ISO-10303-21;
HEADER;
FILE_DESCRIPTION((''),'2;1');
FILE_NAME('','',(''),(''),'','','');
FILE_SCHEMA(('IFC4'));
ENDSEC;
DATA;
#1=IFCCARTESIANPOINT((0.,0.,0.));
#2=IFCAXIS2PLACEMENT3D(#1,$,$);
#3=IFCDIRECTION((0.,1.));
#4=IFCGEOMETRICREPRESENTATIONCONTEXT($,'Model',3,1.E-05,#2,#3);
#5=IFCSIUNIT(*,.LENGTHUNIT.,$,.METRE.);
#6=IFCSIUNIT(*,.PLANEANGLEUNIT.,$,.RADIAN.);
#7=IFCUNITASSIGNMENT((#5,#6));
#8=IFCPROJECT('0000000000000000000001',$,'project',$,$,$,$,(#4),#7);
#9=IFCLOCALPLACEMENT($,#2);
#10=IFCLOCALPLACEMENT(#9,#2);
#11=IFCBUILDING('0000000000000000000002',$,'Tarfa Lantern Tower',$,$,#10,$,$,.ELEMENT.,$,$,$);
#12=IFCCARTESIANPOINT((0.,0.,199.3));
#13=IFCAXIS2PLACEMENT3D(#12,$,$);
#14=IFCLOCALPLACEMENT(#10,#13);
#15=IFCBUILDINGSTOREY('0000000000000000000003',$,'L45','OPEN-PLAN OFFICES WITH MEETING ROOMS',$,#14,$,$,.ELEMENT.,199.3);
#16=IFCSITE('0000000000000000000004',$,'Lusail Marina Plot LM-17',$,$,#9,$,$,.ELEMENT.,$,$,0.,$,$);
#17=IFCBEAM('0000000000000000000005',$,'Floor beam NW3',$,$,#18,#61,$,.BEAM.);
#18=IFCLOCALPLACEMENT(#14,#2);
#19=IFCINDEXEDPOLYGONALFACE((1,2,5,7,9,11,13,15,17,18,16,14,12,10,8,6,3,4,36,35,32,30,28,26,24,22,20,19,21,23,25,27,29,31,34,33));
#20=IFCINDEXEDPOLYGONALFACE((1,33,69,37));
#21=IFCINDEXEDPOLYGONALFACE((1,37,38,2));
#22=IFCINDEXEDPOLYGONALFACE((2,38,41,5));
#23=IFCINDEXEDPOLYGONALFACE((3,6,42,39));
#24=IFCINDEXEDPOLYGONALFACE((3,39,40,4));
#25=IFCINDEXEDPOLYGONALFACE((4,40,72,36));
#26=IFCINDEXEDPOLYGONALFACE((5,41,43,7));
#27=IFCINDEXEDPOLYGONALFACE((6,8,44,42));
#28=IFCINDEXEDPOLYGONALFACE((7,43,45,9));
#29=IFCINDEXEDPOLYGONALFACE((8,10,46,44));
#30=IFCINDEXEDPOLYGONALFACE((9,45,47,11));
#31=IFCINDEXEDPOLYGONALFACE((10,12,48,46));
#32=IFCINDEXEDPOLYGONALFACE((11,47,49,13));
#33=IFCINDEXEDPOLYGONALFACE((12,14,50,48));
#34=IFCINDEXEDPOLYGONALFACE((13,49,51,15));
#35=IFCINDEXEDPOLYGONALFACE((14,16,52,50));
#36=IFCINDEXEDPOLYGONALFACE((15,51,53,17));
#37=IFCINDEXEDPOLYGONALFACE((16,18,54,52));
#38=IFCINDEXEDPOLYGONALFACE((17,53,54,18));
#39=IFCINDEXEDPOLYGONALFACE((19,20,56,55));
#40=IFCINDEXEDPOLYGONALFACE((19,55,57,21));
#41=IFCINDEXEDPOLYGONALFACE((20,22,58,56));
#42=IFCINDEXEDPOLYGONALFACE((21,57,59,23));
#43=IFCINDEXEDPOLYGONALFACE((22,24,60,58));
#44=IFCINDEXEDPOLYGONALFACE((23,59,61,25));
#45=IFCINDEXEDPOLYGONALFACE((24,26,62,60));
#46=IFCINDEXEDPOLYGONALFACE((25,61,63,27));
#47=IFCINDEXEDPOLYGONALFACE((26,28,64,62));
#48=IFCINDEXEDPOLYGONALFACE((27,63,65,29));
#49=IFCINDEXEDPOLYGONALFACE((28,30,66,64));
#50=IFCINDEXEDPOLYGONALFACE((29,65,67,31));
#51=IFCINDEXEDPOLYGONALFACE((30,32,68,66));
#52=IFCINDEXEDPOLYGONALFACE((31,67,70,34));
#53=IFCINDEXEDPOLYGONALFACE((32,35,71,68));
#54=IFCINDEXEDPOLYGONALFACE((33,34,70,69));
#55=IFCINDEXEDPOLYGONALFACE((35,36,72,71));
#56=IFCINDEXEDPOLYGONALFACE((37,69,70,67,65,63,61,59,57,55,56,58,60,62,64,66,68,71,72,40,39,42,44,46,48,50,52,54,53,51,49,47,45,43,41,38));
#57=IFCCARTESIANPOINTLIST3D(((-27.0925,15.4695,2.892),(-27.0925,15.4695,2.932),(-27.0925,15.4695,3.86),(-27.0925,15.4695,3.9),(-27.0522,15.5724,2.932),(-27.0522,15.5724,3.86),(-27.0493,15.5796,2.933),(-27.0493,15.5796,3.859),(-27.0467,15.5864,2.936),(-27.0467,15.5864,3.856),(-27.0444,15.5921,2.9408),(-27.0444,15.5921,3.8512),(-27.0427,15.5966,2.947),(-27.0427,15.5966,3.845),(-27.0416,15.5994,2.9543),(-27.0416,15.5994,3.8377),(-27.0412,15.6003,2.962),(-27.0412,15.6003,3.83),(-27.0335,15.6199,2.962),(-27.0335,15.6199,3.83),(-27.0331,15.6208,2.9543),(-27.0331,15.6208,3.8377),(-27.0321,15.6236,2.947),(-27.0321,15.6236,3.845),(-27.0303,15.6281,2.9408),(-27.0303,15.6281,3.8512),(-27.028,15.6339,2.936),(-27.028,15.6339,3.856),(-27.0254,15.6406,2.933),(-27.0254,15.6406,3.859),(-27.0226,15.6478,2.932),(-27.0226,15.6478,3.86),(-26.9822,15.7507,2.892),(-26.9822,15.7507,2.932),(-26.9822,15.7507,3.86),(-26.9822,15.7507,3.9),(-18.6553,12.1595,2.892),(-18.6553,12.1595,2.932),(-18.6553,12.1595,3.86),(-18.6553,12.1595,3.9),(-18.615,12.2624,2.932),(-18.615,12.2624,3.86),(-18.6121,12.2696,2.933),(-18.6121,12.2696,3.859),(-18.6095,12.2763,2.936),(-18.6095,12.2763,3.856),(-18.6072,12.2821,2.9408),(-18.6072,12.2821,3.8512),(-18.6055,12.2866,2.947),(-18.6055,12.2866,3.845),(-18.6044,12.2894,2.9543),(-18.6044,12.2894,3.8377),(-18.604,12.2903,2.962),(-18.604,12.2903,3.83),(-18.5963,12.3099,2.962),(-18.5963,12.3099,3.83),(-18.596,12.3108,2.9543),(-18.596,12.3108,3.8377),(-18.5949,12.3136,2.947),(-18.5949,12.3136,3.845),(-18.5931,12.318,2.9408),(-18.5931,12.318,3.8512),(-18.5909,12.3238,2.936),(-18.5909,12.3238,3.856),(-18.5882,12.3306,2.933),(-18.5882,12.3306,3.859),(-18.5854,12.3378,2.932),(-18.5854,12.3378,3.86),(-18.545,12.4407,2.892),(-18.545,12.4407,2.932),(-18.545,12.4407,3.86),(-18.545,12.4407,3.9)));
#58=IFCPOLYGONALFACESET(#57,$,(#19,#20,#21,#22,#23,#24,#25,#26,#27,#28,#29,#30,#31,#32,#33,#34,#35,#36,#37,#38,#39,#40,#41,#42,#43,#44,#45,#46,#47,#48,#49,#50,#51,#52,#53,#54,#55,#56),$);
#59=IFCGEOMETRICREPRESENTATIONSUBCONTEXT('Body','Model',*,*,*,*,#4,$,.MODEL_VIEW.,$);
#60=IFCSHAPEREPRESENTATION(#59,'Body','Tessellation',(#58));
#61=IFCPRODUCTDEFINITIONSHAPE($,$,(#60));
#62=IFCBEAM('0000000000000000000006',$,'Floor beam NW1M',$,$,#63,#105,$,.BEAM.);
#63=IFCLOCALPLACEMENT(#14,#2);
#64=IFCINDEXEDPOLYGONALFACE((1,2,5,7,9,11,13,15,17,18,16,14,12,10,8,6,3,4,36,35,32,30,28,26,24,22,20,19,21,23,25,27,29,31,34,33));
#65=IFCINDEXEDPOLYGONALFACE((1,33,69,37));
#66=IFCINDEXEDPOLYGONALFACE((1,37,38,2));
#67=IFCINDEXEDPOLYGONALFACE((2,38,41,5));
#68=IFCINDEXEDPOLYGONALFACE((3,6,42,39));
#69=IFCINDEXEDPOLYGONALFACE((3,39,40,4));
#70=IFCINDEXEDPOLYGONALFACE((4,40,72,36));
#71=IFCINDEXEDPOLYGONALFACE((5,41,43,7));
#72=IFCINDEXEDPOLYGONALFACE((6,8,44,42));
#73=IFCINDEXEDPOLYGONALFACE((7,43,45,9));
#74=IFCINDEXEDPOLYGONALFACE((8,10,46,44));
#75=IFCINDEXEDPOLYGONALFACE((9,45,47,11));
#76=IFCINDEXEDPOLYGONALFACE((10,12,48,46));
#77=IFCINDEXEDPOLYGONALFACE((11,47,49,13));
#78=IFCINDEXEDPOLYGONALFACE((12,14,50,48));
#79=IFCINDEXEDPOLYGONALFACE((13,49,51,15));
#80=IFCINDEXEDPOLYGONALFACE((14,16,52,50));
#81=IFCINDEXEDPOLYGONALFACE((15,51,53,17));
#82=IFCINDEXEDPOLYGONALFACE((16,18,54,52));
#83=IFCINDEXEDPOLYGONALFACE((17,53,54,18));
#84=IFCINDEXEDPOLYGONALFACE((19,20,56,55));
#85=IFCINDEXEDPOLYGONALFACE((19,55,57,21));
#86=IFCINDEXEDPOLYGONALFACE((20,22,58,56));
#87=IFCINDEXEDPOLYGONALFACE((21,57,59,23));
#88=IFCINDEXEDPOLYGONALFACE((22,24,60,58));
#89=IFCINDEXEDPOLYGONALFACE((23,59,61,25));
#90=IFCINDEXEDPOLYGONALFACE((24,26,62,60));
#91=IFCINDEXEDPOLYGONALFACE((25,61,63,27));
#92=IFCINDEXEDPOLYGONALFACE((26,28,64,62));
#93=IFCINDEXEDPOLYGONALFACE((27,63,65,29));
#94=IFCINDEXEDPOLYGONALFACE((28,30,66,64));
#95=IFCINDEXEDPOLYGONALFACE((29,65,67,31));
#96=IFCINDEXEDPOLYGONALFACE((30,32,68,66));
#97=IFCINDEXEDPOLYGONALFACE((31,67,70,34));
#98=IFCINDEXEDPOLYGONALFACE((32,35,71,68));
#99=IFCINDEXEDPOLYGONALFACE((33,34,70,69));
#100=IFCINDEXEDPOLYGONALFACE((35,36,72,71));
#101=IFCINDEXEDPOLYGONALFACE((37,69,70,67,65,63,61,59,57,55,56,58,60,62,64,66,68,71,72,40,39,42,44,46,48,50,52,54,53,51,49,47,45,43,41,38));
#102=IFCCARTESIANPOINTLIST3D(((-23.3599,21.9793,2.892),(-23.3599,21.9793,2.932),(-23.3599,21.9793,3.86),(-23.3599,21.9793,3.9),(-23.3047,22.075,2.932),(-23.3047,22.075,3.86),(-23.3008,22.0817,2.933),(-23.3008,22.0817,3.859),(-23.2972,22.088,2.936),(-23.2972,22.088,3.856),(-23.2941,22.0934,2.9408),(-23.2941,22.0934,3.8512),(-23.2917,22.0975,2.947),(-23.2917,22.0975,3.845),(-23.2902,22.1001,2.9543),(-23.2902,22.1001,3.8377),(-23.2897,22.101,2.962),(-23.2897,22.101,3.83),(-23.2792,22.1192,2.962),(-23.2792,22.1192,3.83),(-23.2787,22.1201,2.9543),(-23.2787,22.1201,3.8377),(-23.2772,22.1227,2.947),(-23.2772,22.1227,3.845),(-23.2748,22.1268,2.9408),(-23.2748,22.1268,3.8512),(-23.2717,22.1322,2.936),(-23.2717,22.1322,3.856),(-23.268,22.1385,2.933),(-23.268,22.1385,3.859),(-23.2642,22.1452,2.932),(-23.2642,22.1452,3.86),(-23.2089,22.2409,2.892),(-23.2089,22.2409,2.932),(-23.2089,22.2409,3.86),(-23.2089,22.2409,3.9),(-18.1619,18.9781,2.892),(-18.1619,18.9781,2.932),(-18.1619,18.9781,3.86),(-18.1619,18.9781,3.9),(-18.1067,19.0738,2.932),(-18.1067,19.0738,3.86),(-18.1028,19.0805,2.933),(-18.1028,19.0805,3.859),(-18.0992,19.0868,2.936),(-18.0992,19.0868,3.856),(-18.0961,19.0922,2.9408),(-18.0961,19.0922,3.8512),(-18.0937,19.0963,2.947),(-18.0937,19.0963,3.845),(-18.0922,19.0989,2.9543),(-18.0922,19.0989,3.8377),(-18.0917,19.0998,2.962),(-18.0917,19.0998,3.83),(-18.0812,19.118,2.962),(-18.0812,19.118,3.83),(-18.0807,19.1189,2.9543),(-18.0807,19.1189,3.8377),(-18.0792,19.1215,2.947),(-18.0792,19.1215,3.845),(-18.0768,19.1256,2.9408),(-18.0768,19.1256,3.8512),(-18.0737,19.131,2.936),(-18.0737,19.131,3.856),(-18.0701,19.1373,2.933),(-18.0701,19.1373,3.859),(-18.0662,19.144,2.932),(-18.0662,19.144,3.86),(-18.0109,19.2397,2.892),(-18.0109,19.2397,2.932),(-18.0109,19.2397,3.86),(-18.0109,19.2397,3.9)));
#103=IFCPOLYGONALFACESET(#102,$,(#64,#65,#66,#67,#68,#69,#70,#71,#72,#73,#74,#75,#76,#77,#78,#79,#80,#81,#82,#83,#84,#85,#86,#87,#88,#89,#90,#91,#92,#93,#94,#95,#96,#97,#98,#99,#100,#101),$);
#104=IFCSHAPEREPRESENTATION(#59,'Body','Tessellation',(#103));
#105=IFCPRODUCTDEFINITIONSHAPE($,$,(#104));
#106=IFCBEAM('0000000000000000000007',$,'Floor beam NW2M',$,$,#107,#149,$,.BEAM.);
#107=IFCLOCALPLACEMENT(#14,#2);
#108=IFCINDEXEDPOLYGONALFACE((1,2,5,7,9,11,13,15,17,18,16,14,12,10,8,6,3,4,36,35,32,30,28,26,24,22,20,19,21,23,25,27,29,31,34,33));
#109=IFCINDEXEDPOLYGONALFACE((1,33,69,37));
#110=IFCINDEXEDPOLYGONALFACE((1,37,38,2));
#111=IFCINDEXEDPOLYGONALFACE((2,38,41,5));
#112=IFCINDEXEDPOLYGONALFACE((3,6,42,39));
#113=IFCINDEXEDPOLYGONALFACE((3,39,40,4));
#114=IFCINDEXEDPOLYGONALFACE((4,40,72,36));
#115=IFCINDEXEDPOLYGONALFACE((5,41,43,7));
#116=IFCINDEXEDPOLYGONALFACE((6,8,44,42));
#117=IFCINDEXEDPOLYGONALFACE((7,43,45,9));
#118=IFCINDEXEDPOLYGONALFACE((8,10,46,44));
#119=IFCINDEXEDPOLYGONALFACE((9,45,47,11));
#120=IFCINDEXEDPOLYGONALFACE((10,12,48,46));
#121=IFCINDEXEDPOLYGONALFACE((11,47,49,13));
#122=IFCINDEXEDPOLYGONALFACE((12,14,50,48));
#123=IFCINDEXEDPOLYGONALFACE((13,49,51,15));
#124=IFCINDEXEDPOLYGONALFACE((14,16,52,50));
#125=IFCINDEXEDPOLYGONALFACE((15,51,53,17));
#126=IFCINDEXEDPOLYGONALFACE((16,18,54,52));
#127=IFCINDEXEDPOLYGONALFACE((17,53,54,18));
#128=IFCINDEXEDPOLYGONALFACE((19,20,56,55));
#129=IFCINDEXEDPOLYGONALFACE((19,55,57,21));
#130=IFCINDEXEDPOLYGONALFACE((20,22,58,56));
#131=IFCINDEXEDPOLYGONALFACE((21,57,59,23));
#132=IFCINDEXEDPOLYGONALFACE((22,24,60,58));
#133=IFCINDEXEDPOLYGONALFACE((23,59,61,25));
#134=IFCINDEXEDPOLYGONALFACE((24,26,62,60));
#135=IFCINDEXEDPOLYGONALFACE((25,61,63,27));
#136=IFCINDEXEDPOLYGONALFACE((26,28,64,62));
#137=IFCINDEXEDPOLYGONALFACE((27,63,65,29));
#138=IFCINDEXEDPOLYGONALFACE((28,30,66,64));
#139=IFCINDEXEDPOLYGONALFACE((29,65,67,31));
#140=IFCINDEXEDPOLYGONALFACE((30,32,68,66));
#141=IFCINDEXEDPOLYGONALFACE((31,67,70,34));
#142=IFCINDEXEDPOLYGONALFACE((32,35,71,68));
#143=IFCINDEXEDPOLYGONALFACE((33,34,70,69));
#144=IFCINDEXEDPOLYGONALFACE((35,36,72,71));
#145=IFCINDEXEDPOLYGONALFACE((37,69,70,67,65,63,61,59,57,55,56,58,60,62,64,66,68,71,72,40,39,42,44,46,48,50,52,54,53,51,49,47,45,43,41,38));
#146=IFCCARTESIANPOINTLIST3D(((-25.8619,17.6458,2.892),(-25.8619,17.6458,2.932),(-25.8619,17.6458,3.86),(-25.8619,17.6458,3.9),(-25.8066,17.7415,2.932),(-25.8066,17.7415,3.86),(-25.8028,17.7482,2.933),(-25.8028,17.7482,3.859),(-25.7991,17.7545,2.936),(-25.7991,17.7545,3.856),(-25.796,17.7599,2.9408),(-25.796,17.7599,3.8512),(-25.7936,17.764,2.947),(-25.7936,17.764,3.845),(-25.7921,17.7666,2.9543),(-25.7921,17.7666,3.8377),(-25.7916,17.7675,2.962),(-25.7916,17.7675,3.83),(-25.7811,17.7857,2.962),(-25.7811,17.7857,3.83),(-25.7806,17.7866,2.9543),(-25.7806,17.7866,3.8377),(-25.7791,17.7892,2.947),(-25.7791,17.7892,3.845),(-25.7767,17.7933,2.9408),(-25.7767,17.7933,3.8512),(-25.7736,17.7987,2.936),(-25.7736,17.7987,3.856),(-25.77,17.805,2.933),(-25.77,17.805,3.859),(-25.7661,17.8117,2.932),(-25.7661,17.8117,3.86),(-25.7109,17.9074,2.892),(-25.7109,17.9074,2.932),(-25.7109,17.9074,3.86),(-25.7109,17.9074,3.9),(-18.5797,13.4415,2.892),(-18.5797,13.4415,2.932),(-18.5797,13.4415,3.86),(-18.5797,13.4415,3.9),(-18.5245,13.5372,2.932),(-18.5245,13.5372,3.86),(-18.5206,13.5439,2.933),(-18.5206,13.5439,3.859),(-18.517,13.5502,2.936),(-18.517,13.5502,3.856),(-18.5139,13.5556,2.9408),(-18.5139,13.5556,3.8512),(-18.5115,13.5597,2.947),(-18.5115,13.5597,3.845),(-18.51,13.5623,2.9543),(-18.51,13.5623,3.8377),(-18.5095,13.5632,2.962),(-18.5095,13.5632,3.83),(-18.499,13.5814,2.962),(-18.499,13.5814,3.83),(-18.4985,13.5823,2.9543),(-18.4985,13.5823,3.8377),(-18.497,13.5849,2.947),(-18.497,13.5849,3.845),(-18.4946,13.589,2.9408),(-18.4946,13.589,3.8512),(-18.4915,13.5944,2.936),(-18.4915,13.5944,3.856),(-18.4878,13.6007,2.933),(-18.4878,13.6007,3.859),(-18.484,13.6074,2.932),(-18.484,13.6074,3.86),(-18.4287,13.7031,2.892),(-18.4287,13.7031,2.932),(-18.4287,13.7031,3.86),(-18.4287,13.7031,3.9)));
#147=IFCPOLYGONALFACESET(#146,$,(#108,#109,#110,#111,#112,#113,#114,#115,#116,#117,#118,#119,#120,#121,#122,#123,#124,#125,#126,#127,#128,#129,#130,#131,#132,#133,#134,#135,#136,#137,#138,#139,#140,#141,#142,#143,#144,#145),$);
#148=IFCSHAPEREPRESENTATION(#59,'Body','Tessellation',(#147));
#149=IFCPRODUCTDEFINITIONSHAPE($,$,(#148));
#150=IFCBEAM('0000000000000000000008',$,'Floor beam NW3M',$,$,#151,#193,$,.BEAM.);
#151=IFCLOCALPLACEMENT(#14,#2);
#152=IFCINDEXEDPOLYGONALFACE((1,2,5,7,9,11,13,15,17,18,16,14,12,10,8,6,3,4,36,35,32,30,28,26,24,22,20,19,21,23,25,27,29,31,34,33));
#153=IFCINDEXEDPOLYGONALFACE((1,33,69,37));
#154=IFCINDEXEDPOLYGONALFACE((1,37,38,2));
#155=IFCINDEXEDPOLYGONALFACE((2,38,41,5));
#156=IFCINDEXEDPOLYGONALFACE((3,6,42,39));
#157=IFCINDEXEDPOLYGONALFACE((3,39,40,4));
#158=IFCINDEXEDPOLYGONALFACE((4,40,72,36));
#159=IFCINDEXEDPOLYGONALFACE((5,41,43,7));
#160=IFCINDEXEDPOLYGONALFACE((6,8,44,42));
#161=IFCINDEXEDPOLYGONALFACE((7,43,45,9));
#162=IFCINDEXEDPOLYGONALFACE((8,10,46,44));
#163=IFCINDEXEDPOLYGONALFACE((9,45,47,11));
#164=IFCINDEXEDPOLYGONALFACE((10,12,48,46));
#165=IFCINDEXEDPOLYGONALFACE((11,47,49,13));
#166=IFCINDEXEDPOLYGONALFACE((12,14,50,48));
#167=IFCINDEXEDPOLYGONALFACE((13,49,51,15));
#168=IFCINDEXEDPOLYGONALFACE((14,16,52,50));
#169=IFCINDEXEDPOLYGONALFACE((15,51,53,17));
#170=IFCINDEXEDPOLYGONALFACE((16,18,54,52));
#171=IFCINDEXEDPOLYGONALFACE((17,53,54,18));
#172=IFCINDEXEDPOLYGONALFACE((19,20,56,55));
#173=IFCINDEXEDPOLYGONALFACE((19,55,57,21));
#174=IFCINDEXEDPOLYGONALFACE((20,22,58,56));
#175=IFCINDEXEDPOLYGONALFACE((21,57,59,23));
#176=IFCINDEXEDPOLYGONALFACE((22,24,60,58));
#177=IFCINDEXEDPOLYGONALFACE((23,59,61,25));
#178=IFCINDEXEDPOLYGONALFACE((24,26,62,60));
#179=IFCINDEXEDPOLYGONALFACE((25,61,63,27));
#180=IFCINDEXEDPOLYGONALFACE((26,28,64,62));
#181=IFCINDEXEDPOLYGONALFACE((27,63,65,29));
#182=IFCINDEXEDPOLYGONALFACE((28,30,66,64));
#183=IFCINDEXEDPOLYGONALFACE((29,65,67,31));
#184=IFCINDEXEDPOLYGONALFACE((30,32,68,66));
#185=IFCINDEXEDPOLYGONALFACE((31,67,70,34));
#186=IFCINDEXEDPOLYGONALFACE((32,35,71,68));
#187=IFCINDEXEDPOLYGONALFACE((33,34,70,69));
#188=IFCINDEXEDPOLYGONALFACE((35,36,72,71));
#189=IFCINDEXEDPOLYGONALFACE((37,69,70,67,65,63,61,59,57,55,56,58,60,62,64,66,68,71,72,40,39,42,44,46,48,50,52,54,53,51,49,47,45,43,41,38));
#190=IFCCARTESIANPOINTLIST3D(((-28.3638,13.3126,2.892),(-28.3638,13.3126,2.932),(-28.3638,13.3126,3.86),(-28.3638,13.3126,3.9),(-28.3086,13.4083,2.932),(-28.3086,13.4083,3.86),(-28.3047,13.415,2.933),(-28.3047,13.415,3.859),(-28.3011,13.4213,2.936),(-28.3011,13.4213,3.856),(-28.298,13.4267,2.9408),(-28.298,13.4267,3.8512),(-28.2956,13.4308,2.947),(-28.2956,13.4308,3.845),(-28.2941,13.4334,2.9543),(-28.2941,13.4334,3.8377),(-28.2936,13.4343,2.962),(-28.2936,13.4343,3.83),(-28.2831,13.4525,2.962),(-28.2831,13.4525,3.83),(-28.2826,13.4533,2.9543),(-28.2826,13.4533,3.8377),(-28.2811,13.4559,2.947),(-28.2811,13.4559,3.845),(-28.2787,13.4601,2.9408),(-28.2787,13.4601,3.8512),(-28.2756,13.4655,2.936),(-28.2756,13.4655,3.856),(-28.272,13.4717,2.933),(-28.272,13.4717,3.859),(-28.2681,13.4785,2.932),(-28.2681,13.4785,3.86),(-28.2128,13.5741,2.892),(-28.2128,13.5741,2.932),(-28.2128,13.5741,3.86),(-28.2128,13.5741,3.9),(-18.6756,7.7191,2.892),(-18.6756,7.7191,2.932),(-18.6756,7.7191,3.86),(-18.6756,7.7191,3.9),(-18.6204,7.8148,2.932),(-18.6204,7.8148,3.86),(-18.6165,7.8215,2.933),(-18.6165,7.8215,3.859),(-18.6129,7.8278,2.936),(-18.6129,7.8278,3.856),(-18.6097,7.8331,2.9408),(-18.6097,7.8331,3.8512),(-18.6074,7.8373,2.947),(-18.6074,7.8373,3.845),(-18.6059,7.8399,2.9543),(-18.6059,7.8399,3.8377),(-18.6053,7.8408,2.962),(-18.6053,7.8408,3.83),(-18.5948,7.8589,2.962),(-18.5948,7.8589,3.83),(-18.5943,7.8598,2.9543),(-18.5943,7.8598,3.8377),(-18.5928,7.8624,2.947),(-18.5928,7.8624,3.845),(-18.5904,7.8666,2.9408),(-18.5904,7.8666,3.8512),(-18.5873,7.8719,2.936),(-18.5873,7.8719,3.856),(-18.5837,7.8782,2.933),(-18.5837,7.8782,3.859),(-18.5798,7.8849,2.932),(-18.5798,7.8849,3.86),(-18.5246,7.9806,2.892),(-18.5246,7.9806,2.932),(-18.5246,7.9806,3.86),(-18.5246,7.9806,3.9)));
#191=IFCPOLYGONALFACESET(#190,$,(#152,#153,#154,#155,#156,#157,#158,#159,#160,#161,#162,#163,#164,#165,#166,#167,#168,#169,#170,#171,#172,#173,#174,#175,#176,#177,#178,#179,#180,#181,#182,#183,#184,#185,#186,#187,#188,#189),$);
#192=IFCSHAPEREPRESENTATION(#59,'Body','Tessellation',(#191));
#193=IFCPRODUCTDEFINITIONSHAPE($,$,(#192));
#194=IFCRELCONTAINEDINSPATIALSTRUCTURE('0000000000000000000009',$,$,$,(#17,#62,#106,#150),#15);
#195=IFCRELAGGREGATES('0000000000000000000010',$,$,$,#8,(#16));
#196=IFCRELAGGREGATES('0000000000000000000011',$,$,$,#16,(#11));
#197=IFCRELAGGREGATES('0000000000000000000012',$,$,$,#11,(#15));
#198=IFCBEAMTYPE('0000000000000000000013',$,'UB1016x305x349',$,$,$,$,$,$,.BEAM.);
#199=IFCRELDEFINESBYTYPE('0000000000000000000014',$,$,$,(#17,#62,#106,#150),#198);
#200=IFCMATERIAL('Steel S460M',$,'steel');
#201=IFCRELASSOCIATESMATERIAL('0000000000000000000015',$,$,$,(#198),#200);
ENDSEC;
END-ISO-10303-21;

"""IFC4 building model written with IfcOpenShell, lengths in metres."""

from ifc_helpers import new_model, si_unit, direction, frame, origin, origin_2d, place, context, subcontext, project, spatial, i_section, extrude, material, material_profile, profile_set, type_object, element, save


model = new_model("IFC4")

# Units and contexts
model_context = context("Model", 3, precision=1e-05, world=origin(), true_north=direction((0.0, 1.0)))
body_context = subcontext(model_context, "Body", "Model", "MODEL_VIEW")
ifc_project = project(units=[si_unit("LENGTHUNIT", "METRE"), si_unit("PLANEANGLEUNIT", "RADIAN")], contexts=[model_context])

# Site, building, storey
site_placement = place(None, origin())
site = spatial("IfcSite", under=ifc_project, at=site_placement, Name="Lusail Marina Plot LM-17", CompositionType="ELEMENT", RefElevation=0.0)
building_placement = place(site_placement, origin())
building = spatial("IfcBuilding", under=site, at=building_placement, Name="Tarfa Lantern Tower", CompositionType="ELEMENT")
storey_placement = place(building_placement, frame((0.0, 0.0, 199.3)))
storey = spatial("IfcBuildingStorey", under=building, at=storey_placement, Name="L45", Description="OPEN-PLAN OFFICES WITH MEETING ROOMS", CompositionType="ELEMENT", Elevation=199.3)

# Beams
ifc_material_1 = material(Name="Steel S460M", Category="steel")
ifc_material_profile_1 = material_profile(ifc_material_1, i_section(OverallWidth=0.302, OverallDepth=1.0081, WebThickness=0.021, FlangeThickness=0.04, FilletRadius=0.03, at=origin_2d()), Name="UB1016x305x349")
ifc_profile_set_1 = profile_set([ifc_material_profile_1], Name="Steel S460M")
beam_type_1 = type_object("IfcBeamType", Name="UB1016x305x349", PredefinedType="BEAM", material=ifc_profile_set_1)
beam_1_placement = place(storey_placement, frame((-27.0374, 15.6101, 3.396), z_axis=(0.930923, -0.365215, 0.0), x_axis=(0.365215, 0.930923, 0.0)))
element("IfcBeam", 1, at=beam_1_placement, inside=storey, type_object=beam_type_1, Name="Floor beam NW3", PredefinedType="BEAM", context=body_context, shape_type="SweptSolid", body=[
    extrude(i_section(OverallWidth=0.302, OverallDepth=1.0081, WebThickness=0.021, FlangeThickness=0.04, FilletRadius=0.03, at=origin_2d()), origin(), (0.0, 0.0, 1.0), 9.0632),
])
beam_2_placement = place(storey_placement, frame((-23.2844, 22.1101, 3.396), z_axis=(0.866014, -0.500019, 0.0), x_axis=(0.500019, 0.866014, 0.0)))
element("IfcBeam", 2, at=beam_2_placement, inside=storey, type_object=beam_type_1, Name="Floor beam NW1M", PredefinedType="BEAM", context=body_context, shape_type="SweptSolid", body=[
    extrude(i_section(OverallWidth=0.302, OverallDepth=1.0081, WebThickness=0.021, FlangeThickness=0.04, FilletRadius=0.03, at=origin_2d()), origin(), (0.0, 0.0, 1.0), 6.0022),
])
beam_3_placement = place(storey_placement, frame((-25.7864, 17.7766, 3.396), z_axis=(0.866028, -0.499996, 0.0), x_axis=(0.499996, 0.866028, 0.0)))
element("IfcBeam", 3, at=beam_3_placement, inside=storey, type_object=beam_type_1, Name="Floor beam NW2M", PredefinedType="BEAM", context=body_context, shape_type="SweptSolid", body=[
    extrude(i_section(OverallWidth=0.302, OverallDepth=1.0081, WebThickness=0.021, FlangeThickness=0.04, FilletRadius=0.03, at=origin_2d()), origin(), (0.0, 0.0, 1.0), 8.4087),
])
beam_4_placement = place(storey_placement, frame((-28.2883, 13.4434, 3.396), z_axis=(0.866025, -0.5, 0.0), x_axis=(0.5, 0.866025, 0.0)))
element("IfcBeam", 4, at=beam_4_placement, inside=storey, type_object=beam_type_1, Name="Floor beam NW3M", PredefinedType="BEAM", context=body_context, shape_type="SweptSolid", body=[
    extrude(i_section(OverallWidth=0.302, OverallDepth=1.0081, WebThickness=0.021, FlangeThickness=0.04, FilletRadius=0.03, at=origin_2d()), origin(), (0.0, 0.0, 1.0), 11.187),
])

save(model, "model.ifc")
